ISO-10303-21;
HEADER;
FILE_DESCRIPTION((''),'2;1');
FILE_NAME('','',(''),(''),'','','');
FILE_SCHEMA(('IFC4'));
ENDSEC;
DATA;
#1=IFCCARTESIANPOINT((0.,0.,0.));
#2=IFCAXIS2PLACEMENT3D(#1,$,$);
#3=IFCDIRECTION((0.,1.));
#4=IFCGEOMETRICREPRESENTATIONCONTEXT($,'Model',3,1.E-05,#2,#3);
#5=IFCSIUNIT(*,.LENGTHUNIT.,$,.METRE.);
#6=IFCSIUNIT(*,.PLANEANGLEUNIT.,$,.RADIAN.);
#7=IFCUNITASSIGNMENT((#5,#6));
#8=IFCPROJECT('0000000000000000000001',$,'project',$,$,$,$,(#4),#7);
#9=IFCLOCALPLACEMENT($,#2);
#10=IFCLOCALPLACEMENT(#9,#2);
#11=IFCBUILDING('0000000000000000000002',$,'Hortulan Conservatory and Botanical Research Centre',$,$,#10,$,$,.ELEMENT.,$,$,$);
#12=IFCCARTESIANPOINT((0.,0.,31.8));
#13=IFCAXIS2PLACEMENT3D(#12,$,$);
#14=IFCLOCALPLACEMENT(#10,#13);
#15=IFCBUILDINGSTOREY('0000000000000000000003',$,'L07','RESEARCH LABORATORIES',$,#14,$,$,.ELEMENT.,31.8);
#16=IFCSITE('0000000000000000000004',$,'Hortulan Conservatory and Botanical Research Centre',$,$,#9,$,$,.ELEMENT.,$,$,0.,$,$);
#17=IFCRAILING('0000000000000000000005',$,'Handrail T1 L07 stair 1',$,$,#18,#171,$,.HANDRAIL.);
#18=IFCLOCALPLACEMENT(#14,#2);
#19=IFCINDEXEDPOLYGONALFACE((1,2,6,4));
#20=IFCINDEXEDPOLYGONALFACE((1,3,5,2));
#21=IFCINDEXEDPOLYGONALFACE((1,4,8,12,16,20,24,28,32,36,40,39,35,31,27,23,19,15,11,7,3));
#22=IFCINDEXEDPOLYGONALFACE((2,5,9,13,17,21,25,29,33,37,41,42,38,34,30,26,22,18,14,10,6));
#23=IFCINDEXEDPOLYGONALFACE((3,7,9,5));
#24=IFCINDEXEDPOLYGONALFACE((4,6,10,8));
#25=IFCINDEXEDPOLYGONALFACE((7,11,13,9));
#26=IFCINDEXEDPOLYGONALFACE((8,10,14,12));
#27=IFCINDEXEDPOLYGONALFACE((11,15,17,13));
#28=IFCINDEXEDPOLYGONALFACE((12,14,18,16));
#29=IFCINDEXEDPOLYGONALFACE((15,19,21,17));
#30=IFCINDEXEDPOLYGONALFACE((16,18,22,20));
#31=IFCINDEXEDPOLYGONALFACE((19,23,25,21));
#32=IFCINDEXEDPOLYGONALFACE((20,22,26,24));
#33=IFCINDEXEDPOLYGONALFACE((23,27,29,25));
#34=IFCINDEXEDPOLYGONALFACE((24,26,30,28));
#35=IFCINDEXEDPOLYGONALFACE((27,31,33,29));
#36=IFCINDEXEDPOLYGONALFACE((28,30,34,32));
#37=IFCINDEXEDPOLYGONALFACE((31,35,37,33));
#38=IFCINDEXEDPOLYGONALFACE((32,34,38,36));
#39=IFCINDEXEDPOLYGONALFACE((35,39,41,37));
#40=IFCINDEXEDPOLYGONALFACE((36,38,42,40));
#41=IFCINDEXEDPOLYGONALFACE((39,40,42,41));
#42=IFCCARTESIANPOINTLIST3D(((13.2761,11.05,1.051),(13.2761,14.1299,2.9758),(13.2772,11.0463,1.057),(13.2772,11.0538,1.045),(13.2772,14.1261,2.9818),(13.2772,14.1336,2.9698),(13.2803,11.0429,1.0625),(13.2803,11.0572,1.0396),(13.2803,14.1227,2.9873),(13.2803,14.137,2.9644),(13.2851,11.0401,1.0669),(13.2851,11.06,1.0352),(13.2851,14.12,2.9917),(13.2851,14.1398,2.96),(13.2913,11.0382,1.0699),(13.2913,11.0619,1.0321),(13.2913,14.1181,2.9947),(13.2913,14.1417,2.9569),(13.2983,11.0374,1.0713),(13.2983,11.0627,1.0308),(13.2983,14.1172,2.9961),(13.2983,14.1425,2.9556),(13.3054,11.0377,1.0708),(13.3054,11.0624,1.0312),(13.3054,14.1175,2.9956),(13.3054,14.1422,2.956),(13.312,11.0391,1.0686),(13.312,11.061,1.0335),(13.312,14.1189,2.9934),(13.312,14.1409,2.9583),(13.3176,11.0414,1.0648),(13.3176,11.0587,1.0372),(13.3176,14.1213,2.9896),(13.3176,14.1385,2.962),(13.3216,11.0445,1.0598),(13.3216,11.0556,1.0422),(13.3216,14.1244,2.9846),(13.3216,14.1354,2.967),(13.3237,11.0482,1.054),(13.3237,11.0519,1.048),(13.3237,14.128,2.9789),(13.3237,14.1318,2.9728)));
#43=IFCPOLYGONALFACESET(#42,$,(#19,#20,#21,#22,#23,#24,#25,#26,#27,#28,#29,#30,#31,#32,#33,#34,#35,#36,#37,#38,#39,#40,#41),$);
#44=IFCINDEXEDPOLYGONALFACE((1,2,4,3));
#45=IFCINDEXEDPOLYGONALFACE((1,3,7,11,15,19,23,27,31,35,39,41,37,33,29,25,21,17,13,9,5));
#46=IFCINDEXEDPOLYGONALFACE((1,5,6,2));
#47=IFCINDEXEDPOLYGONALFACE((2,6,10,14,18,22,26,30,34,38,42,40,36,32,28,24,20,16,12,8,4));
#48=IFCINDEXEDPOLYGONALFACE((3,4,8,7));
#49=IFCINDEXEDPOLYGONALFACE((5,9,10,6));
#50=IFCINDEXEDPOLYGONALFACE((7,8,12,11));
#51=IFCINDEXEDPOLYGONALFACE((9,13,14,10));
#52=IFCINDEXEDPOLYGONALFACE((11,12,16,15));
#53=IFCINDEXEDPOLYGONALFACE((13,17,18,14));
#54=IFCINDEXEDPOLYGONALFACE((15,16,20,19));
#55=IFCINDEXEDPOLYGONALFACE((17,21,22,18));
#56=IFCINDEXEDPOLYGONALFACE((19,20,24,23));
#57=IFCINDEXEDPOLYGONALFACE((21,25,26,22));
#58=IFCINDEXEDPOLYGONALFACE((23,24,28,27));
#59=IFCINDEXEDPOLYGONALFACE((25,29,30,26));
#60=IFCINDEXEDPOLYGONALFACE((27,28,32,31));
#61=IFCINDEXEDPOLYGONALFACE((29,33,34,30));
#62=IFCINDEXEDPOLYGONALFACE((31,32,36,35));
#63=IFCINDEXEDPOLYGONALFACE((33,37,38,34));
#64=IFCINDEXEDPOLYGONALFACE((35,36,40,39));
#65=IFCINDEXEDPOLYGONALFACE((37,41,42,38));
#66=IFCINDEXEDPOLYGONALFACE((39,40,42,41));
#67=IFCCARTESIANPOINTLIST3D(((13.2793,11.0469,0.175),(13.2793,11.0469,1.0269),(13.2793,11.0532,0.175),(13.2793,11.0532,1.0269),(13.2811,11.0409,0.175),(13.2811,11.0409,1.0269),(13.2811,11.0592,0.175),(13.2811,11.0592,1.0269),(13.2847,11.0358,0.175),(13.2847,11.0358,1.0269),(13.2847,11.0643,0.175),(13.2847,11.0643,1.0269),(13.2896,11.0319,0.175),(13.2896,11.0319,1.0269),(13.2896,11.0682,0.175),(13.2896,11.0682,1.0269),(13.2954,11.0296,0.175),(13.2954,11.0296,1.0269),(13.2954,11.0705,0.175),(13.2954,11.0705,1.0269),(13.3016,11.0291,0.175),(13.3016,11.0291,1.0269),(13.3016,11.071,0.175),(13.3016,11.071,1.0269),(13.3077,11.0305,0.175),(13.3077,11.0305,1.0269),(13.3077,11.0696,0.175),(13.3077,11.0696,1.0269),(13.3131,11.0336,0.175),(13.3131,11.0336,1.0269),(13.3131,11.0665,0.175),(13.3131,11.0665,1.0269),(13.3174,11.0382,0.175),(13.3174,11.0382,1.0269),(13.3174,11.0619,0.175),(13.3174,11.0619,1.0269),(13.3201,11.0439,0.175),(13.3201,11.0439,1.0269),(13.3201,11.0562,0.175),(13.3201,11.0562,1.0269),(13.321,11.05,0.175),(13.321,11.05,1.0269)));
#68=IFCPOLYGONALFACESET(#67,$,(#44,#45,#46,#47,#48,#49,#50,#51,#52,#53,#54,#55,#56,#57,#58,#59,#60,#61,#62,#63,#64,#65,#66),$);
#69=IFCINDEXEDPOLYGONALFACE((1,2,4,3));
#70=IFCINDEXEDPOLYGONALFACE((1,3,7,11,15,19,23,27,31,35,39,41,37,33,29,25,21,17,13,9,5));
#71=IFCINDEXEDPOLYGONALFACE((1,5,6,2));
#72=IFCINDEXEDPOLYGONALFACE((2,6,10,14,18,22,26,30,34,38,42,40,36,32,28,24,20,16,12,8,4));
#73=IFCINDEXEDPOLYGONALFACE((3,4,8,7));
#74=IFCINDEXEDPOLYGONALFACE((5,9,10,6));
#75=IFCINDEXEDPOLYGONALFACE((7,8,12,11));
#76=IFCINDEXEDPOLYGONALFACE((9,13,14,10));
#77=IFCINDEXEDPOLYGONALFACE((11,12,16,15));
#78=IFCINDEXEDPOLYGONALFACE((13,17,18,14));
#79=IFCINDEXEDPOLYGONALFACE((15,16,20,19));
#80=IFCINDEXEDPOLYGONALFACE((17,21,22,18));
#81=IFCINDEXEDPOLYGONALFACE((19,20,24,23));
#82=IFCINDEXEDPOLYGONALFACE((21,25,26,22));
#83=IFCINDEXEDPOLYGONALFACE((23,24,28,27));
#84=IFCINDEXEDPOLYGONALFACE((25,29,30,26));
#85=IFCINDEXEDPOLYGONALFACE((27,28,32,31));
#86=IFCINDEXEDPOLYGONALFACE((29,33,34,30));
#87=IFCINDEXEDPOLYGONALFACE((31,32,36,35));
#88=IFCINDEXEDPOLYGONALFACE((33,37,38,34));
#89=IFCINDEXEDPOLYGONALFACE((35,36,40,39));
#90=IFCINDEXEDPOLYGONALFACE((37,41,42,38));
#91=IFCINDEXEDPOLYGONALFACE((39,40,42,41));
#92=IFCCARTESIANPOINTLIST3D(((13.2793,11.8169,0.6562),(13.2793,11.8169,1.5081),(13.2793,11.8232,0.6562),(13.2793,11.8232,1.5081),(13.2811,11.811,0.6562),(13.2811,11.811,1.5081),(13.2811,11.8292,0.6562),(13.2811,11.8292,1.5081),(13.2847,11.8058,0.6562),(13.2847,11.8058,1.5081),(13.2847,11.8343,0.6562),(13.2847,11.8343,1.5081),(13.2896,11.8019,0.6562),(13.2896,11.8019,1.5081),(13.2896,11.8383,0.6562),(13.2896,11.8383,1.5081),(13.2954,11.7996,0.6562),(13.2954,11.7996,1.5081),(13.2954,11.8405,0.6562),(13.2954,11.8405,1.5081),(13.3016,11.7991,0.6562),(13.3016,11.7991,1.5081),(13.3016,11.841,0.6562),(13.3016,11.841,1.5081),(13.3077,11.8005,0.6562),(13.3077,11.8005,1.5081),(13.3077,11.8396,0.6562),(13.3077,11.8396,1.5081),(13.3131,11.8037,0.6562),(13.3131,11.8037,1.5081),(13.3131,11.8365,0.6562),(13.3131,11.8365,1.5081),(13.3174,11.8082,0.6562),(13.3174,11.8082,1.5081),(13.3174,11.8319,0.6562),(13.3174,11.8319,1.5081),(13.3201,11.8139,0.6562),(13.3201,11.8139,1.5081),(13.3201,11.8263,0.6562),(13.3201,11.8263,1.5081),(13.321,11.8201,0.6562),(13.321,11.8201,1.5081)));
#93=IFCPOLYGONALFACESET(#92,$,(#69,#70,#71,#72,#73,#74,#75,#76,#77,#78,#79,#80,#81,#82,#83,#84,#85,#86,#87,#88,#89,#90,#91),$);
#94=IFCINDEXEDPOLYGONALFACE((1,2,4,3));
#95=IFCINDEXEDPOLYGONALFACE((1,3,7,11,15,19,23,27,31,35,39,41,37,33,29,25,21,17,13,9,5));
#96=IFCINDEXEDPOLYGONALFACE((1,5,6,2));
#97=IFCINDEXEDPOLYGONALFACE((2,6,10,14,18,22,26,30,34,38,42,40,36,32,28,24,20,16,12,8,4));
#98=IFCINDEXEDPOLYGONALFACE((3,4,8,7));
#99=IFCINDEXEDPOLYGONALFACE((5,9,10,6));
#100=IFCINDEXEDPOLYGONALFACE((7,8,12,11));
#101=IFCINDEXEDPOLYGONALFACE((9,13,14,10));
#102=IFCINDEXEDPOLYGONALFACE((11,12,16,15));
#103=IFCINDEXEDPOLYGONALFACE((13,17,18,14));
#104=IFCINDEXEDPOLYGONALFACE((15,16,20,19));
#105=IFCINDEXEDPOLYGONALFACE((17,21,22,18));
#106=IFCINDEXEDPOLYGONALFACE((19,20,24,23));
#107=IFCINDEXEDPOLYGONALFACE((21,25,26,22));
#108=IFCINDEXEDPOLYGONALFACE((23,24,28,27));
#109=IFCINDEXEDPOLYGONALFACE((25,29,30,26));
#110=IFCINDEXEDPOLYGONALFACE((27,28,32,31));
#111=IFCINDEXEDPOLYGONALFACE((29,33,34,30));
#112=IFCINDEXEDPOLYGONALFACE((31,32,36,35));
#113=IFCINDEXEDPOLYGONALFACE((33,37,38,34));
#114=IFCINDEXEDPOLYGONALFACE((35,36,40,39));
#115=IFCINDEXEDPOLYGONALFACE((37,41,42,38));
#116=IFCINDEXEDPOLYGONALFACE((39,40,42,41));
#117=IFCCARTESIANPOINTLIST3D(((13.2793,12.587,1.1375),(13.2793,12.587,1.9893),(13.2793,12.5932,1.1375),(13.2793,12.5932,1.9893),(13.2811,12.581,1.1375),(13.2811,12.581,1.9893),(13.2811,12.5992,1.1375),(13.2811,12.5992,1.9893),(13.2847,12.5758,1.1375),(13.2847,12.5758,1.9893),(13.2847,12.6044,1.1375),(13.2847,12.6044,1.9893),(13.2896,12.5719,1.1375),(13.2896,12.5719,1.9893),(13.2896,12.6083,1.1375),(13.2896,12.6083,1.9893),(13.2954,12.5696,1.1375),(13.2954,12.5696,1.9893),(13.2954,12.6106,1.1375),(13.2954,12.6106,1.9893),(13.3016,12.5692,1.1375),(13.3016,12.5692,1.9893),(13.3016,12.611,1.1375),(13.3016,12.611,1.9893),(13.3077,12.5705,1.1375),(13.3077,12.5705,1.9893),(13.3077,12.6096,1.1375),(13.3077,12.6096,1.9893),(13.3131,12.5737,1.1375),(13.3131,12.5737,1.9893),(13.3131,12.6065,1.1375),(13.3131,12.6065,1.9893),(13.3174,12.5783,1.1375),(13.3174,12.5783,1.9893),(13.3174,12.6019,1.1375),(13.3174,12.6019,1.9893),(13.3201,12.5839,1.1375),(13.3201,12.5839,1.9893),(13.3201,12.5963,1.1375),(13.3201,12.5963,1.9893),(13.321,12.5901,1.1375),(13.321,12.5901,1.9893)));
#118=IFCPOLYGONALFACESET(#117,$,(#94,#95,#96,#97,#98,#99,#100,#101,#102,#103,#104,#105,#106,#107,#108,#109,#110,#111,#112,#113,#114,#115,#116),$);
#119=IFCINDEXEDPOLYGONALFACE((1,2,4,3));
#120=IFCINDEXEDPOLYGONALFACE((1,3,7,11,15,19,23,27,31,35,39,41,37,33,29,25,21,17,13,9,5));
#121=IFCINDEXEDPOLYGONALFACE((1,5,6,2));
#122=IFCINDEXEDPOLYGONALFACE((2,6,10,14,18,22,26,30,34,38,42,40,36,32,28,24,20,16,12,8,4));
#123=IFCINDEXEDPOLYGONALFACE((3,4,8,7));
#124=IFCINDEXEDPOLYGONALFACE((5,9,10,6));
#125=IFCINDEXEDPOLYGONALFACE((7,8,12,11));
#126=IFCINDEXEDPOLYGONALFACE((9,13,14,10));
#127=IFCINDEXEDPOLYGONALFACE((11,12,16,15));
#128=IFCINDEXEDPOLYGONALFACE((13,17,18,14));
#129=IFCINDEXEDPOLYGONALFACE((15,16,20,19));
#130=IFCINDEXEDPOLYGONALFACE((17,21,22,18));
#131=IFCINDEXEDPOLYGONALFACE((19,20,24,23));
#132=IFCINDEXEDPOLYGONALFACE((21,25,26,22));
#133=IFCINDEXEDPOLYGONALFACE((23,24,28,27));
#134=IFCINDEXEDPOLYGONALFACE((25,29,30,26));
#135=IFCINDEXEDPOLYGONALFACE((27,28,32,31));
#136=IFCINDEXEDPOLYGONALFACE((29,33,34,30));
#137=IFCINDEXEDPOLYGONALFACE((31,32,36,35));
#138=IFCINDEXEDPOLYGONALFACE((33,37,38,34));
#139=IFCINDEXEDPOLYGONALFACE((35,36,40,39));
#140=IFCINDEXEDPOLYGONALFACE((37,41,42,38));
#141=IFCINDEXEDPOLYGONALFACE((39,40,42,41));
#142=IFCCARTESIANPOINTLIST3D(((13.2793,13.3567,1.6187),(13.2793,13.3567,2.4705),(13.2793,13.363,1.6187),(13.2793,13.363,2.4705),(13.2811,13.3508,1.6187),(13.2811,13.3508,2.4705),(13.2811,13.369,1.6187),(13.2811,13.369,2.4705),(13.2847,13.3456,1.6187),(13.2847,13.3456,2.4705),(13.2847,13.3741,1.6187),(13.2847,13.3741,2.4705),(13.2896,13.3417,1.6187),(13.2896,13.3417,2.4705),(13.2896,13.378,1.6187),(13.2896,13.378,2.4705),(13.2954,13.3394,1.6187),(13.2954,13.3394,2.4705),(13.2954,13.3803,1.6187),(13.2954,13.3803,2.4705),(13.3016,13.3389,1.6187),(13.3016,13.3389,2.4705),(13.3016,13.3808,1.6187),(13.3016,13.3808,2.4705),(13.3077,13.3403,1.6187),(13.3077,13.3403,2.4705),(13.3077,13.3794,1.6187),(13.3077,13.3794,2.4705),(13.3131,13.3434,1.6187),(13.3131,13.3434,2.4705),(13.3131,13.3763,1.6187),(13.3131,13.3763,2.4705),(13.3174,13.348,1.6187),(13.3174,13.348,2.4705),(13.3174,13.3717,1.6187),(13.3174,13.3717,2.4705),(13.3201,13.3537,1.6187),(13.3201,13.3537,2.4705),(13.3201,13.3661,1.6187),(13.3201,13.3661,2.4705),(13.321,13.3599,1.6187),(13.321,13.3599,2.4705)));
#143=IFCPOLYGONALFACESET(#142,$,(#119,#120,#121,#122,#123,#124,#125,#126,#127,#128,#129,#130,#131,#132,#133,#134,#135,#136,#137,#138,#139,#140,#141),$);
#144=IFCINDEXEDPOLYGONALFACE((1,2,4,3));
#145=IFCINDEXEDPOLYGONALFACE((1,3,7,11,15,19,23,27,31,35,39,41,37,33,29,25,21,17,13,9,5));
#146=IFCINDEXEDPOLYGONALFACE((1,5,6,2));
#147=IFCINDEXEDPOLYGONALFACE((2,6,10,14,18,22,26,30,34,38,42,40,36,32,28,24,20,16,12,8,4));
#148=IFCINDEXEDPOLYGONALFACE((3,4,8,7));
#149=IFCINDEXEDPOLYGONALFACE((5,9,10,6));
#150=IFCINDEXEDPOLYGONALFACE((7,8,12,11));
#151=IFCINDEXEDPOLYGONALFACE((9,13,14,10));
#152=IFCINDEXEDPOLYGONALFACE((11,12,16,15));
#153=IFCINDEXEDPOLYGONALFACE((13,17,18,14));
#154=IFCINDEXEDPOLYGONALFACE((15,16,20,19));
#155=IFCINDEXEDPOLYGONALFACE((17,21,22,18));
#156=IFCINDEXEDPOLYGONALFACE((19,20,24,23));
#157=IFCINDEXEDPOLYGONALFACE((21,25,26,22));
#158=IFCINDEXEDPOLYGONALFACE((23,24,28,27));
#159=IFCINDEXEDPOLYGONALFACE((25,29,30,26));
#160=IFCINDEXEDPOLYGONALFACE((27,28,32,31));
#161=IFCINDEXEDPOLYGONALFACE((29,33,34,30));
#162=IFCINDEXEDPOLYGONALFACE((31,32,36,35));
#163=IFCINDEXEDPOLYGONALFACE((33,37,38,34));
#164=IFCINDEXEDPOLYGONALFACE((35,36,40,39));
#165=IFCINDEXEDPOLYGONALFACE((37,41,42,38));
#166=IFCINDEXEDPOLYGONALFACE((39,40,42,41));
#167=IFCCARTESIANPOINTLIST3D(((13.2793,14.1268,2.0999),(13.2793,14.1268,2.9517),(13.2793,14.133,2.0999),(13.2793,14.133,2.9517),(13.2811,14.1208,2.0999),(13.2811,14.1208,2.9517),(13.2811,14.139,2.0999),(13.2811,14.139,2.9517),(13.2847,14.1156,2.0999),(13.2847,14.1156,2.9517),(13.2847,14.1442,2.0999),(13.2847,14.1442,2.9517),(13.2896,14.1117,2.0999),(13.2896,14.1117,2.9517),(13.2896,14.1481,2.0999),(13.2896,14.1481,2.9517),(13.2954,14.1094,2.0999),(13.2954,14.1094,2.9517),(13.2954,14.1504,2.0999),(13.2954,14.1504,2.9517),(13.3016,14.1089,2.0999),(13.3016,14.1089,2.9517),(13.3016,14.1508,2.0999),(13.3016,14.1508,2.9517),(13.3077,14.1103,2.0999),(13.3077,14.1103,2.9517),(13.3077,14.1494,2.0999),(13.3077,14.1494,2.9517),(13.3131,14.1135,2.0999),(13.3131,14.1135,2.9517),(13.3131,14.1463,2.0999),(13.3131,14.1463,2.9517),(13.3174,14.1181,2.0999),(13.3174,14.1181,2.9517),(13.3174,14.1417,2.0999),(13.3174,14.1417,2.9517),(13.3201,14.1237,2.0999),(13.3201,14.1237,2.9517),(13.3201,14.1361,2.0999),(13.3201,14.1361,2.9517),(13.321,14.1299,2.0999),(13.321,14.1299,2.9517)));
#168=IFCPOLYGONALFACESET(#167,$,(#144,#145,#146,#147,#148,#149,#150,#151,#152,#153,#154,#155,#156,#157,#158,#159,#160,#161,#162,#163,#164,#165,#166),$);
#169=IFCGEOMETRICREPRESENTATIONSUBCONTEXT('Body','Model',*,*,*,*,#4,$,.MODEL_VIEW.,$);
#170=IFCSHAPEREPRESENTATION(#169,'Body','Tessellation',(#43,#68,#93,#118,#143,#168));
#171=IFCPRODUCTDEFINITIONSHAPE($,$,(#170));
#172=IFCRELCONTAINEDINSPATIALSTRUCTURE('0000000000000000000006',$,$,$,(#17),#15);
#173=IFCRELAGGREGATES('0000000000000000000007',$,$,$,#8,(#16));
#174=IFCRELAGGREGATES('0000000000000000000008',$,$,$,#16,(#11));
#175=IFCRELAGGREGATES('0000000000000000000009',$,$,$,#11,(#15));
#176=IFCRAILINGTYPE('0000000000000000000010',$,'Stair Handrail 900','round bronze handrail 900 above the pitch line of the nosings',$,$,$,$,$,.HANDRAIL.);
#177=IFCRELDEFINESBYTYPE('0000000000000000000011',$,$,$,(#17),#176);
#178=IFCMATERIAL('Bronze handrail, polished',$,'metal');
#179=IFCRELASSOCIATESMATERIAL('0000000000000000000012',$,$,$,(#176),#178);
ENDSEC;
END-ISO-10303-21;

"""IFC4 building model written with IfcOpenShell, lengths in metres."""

from ifc_helpers import new_model, si_unit, direction, frame, origin, origin_2d, place, context, subcontext, project, spatial, circle, extrude, material, type_object, element, save


model = new_model("IFC4")

# Units and contexts
model_context = context("Model", 3, precision=1e-05, world=origin(), true_north=direction((0.0, 1.0)))
body_context = subcontext(model_context, "Body", "Model", "MODEL_VIEW")
ifc_project = project(units=[si_unit("LENGTHUNIT", "METRE"), si_unit("PLANEANGLEUNIT", "RADIAN")], contexts=[model_context])

# Site, building, storey
site_placement = place(None, origin())
site = spatial("IfcSite", under=ifc_project, at=site_placement, Name="Hortulan Conservatory and Botanical Research Centre", CompositionType="ELEMENT", RefElevation=0.0)
building_placement = place(site_placement, origin())
building = spatial("IfcBuilding", under=site, at=building_placement, Name="Hortulan Conservatory and Botanical Research Centre", CompositionType="ELEMENT")
storey_placement = place(building_placement, frame((0.0, 0.0, 31.8)))
storey = spatial("IfcBuildingStorey", under=building, at=storey_placement, Name="L07", Description="RESEARCH LABORATORIES", CompositionType="ELEMENT", Elevation=31.8)

# Railing
ifc_material_1 = material(Name="Bronze handrail, polished", Category="metal")
railing_type_1 = type_object("IfcRailingType", Name="Stair Handrail 900", Description="round bronze handrail 900 above the pitch line of the nosings", PredefinedType="HANDRAIL", material=ifc_material_1)
railing_1_placement = place(storey_placement, frame((13.3, 11.05, 0.175)))
element("IfcRailing", 1, at=railing_1_placement, inside=storey, type_object=railing_type_1, Name="Handrail T1 L07 stair 1", PredefinedType="HANDRAIL", context=body_context, shape_type="SweptSolid", body=[
    extrude(circle(Radius=0.0239, at=origin_2d()), frame((0.0, 0.0, 0.876), z_axis=(0.0, 0.84801, 0.529981), x_axis=(-1.0, 0.0, 0.0)), (0.0, 0.0, 1.0), 3.6318),
    extrude(circle(Radius=0.021, at=origin_2d()), origin(), (0.0, 0.0, 1.0), 0.8518),
    extrude(circle(Radius=0.021, at=origin_2d()), frame((0.0, 0.77, 0.4812)), (0.0, 0.0, 1.0), 0.8518),
    extrude(circle(Radius=0.021, at=origin_2d()), frame((0.0, 1.54, 0.9624)), (0.0, 0.0, 1.0), 0.8518),
    extrude(circle(Radius=0.021, at=origin_2d()), frame((0.0, 2.3098, 1.4436)), (0.0, 0.0, 1.0), 0.8518),
    extrude(circle(Radius=0.021, at=origin_2d()), frame((0.0, 3.0798, 1.9248)), (0.0, 0.0, 1.0), 0.8518),
])

save(model, "model.ifc")
